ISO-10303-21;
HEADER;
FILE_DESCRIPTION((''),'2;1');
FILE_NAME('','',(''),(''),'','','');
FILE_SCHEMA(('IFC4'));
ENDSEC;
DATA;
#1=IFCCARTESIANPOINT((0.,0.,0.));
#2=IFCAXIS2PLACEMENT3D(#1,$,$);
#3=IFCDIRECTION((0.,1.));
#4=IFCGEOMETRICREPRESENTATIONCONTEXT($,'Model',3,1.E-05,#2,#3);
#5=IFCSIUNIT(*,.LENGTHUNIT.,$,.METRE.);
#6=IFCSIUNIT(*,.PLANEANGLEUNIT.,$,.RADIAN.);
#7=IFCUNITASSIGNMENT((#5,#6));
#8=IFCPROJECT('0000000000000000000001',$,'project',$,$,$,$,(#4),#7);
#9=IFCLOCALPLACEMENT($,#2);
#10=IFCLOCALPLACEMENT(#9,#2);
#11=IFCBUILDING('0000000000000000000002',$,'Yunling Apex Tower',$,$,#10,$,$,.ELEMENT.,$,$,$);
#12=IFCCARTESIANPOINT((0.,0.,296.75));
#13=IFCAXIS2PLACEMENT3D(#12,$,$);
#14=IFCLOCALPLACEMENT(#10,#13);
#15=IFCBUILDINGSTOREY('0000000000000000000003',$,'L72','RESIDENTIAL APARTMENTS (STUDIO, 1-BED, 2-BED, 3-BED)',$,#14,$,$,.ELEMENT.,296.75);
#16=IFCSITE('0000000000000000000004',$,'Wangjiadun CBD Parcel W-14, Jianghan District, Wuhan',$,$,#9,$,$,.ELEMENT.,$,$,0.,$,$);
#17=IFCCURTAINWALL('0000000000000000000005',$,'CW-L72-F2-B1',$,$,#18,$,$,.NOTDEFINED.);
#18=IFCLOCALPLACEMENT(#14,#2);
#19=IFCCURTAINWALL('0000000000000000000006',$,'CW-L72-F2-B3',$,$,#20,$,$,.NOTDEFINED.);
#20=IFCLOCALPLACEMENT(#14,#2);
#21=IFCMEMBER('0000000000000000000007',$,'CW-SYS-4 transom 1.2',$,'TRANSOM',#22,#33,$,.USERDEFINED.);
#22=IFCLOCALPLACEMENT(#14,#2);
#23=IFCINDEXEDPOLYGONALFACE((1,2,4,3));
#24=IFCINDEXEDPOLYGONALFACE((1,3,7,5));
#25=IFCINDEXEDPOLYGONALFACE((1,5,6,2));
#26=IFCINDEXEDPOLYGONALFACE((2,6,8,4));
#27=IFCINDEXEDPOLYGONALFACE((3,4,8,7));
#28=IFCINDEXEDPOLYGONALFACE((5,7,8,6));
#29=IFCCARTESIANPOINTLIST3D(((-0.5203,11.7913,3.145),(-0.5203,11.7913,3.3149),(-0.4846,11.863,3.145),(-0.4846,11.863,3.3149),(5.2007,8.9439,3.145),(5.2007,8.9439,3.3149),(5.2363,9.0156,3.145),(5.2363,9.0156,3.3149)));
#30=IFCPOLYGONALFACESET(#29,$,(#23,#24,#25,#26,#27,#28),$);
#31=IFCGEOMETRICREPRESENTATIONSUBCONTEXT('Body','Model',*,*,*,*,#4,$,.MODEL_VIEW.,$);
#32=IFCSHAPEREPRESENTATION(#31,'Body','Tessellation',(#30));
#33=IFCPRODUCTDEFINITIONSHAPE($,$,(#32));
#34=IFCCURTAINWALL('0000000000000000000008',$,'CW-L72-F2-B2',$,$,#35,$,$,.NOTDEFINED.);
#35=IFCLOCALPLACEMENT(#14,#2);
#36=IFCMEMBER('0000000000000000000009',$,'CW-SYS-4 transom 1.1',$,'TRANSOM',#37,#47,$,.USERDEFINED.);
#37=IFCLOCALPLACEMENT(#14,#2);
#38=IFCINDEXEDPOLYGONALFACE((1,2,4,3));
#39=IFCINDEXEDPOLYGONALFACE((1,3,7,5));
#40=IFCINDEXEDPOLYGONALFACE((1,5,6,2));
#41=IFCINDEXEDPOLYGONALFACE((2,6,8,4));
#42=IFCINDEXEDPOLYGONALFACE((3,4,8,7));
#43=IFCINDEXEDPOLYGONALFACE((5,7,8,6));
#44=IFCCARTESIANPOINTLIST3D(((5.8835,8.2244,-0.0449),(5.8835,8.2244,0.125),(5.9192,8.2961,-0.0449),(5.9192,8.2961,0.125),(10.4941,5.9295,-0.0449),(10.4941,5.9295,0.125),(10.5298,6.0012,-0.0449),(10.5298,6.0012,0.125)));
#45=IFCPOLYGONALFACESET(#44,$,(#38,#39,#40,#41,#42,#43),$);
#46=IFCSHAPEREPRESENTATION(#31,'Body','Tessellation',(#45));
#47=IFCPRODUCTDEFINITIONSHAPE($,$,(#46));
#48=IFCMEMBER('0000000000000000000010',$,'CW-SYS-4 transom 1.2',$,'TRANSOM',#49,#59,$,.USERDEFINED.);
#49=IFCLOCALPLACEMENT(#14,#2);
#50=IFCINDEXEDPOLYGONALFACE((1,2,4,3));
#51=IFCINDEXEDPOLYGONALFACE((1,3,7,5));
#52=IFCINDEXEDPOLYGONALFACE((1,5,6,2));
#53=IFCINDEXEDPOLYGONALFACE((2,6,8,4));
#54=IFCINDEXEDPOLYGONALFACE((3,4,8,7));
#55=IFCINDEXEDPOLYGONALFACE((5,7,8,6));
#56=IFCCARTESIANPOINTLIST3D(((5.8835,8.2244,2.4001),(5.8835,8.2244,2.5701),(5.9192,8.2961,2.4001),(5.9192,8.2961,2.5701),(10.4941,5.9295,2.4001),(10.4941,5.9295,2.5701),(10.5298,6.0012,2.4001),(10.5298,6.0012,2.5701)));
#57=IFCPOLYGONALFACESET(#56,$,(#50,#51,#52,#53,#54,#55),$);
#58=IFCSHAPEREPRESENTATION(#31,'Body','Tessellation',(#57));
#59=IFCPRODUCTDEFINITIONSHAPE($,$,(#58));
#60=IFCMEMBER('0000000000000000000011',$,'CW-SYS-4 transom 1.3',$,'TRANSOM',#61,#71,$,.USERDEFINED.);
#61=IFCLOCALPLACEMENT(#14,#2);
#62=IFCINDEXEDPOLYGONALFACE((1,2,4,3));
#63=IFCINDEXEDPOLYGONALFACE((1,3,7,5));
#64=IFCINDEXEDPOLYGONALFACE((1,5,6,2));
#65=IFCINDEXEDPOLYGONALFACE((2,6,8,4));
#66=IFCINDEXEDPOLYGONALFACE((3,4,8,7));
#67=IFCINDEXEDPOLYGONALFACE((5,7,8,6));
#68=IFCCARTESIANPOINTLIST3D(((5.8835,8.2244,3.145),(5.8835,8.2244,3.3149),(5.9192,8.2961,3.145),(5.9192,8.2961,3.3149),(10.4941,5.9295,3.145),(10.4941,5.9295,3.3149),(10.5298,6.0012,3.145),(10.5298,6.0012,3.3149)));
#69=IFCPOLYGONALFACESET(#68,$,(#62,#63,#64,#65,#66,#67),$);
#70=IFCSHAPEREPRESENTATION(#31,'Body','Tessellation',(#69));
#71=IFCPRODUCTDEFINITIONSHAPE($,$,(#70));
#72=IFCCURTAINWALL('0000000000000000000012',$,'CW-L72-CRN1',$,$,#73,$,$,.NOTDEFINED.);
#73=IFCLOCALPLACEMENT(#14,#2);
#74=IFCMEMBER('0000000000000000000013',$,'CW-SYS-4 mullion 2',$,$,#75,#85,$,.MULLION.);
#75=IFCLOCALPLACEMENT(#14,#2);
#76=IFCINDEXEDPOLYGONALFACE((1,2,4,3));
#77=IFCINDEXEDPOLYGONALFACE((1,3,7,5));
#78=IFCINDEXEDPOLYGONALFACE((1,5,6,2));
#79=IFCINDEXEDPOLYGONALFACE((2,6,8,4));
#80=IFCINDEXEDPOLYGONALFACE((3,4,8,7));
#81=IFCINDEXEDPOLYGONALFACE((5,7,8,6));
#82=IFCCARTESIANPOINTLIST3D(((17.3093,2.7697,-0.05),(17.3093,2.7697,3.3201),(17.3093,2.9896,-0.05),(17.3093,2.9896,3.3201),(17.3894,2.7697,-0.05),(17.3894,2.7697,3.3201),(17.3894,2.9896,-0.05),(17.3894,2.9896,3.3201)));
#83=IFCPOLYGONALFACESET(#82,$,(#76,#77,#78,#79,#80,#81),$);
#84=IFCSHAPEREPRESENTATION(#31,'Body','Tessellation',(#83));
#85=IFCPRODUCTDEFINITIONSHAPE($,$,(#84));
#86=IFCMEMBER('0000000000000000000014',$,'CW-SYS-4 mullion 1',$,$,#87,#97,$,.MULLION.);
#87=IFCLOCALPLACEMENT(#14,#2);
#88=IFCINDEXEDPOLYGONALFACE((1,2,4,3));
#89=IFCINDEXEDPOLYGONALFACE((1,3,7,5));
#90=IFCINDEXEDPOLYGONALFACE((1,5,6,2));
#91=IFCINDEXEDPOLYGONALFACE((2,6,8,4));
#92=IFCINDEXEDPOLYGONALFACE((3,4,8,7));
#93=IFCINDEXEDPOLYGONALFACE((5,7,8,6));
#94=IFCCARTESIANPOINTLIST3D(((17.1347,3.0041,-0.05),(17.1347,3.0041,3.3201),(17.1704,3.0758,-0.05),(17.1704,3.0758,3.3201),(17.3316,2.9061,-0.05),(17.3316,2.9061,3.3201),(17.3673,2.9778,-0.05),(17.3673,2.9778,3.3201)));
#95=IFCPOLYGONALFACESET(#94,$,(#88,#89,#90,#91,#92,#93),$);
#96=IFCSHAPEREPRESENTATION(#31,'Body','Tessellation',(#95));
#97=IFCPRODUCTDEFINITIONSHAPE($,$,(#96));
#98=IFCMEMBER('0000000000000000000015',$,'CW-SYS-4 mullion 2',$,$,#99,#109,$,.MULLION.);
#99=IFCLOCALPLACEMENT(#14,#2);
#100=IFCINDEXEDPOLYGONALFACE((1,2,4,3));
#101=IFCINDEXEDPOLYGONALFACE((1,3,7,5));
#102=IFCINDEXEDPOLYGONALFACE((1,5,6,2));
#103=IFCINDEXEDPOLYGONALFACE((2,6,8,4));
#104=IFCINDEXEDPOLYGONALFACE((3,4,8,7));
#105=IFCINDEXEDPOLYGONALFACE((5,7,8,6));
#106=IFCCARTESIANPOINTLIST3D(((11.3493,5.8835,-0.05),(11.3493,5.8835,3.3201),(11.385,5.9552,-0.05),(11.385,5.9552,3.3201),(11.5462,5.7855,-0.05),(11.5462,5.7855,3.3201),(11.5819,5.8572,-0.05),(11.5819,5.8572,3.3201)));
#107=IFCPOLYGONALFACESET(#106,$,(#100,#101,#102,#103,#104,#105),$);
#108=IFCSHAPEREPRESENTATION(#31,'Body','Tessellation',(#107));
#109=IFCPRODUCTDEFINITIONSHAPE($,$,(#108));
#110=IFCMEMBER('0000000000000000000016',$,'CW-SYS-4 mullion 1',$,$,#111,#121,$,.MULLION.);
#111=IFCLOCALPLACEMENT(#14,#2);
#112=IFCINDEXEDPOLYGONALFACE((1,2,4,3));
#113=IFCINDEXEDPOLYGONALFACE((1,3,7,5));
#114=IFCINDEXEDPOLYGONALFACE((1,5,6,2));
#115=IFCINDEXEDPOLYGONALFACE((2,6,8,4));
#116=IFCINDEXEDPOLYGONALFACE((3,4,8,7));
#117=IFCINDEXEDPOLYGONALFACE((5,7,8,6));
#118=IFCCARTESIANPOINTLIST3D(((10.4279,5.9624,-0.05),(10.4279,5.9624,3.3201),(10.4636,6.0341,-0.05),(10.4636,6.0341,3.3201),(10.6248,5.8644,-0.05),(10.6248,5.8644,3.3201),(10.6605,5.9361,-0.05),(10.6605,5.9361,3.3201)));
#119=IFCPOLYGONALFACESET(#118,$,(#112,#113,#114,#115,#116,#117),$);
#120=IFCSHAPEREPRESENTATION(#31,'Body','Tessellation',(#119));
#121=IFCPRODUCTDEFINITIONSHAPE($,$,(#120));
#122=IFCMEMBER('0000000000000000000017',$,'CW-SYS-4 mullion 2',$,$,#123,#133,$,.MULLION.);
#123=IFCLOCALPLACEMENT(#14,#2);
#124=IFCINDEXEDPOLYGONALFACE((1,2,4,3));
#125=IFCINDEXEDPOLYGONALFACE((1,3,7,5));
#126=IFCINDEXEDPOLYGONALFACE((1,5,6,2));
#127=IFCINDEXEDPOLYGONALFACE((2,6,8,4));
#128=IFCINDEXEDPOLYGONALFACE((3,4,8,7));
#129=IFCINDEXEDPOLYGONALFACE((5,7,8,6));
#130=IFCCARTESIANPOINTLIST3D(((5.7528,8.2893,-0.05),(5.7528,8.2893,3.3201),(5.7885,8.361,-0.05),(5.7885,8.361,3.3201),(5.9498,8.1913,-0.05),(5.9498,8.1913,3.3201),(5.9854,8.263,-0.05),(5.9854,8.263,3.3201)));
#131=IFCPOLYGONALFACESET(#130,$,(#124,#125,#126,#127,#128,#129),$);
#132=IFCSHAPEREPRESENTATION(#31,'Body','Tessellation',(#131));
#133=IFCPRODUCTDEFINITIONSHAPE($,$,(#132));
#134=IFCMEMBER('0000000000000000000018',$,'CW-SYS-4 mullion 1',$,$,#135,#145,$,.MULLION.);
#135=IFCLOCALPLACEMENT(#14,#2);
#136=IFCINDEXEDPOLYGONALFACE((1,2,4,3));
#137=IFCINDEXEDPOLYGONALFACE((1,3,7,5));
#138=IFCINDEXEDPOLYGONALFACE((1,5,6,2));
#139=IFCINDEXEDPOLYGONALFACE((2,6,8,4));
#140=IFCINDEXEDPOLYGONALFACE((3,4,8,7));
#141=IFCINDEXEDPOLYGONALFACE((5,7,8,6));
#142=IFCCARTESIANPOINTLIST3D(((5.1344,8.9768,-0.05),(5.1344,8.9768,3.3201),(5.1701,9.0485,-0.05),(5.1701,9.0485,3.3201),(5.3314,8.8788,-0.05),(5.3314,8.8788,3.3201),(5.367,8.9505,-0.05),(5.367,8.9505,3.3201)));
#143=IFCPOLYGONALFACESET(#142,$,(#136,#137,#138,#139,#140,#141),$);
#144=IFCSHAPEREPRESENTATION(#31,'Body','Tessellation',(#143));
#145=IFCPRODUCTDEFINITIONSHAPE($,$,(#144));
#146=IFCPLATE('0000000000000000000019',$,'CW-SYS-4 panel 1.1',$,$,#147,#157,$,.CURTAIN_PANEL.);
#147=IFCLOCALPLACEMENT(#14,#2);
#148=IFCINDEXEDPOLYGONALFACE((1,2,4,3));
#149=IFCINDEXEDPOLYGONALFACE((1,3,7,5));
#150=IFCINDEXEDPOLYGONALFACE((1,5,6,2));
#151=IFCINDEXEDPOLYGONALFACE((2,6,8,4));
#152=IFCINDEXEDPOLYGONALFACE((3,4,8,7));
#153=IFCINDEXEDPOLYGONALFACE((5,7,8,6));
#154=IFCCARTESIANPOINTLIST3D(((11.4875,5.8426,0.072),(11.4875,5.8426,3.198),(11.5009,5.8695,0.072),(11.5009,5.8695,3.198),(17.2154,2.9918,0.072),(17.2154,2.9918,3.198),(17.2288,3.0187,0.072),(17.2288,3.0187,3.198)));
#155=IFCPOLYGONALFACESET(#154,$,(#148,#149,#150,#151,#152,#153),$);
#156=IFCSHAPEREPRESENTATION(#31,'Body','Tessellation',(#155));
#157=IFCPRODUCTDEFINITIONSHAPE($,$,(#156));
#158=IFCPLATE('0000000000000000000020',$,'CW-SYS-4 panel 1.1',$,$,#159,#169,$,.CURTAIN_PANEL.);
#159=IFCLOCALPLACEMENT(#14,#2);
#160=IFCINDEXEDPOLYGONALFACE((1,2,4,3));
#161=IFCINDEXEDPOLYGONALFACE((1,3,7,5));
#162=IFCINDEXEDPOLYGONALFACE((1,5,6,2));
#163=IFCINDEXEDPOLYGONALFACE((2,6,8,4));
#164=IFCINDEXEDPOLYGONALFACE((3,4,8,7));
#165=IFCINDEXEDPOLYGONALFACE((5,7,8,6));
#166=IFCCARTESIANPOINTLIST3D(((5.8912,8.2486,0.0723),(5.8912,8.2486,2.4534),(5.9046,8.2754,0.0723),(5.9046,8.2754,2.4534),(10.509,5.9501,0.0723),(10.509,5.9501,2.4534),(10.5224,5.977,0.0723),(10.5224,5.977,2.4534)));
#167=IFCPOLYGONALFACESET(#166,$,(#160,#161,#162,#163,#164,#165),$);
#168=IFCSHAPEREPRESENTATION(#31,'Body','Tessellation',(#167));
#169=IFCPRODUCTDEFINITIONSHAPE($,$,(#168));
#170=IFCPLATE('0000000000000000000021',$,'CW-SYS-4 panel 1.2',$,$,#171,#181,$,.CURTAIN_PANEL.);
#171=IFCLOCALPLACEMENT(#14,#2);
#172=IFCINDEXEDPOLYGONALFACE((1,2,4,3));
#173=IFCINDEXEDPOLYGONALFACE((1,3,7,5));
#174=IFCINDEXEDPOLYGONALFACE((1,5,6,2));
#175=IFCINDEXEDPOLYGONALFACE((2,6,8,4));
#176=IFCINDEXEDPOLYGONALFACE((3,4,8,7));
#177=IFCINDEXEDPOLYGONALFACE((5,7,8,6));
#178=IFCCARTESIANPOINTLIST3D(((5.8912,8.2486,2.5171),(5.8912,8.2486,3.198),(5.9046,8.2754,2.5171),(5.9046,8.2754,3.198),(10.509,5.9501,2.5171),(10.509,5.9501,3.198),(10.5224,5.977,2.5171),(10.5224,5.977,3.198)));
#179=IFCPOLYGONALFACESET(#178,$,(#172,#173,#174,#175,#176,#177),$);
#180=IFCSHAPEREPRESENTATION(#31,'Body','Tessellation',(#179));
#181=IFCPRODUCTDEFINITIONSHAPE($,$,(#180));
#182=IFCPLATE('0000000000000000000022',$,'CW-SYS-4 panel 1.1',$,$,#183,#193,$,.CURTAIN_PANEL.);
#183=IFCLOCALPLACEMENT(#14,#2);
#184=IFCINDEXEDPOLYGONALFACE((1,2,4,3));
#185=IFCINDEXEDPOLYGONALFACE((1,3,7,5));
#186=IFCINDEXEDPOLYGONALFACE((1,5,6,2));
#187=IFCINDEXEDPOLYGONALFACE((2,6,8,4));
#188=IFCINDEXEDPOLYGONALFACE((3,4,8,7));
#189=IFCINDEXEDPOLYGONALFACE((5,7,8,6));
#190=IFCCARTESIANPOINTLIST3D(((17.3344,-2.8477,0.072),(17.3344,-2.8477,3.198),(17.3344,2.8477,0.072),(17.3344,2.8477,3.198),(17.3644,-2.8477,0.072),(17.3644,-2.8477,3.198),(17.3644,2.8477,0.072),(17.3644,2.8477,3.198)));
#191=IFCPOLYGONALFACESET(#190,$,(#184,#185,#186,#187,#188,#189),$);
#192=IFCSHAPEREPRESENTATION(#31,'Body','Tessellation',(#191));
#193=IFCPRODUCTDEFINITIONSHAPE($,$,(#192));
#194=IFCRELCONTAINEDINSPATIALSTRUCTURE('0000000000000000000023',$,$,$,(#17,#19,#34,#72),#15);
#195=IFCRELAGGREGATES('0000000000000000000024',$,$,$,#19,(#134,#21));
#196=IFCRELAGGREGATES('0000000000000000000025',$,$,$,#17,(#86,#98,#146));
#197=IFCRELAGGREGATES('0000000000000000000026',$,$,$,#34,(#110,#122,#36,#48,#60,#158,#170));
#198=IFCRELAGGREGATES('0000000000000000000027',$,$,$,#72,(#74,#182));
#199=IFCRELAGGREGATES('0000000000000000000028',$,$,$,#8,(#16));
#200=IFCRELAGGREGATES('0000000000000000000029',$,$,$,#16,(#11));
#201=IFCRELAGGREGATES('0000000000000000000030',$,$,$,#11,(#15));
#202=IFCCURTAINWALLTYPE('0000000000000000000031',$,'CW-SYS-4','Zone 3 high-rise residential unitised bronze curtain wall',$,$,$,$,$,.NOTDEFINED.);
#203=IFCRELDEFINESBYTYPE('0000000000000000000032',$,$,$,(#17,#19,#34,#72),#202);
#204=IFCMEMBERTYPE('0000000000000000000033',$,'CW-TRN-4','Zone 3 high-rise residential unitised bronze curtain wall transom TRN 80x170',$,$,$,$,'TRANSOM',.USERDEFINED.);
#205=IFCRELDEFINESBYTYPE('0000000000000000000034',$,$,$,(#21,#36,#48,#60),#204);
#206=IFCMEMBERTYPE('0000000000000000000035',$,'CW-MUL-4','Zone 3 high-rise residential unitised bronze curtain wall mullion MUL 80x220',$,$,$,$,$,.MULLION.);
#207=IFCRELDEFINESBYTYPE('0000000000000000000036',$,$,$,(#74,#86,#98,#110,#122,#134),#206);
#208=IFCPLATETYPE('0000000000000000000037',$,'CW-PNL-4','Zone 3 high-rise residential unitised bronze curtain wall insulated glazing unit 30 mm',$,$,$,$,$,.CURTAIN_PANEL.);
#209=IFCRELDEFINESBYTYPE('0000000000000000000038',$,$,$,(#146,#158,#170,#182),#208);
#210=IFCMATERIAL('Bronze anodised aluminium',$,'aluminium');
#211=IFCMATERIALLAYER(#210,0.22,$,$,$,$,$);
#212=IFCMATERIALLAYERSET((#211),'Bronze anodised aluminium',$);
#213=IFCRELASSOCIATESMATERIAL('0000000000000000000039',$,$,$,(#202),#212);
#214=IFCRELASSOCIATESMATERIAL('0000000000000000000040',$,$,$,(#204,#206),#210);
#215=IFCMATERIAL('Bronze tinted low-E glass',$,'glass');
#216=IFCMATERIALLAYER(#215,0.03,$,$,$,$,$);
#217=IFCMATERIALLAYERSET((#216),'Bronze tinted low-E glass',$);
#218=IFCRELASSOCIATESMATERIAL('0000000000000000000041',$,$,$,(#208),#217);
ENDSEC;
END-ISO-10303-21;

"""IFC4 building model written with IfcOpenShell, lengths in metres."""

from ifc_helpers import new_model, si_unit, direction, frame, origin, origin_2d, place, context, subcontext, project, spatial, rectangle, extrude, source, transform, mapped, material, layer, layer_set, material_profile, profile_set, type_object, element, aggregate, save


model = new_model("IFC4")

# Units and contexts
model_context = context("Model", 3, precision=1e-05, world=origin(), true_north=direction((0.0, 1.0)))
body_context = subcontext(model_context, "Body", "Model", "MODEL_VIEW")
ifc_project = project(units=[si_unit("LENGTHUNIT", "METRE"), si_unit("PLANEANGLEUNIT", "RADIAN")], contexts=[model_context])

# Site, building, storey
site_placement = place(None, origin())
site = spatial("IfcSite", under=ifc_project, at=site_placement, Name="Wangjiadun CBD Parcel W-14, Jianghan District, Wuhan", CompositionType="ELEMENT", RefElevation=0.0)
building_placement = place(site_placement, origin())
building = spatial("IfcBuilding", under=site, at=building_placement, Name="Yunling Apex Tower", CompositionType="ELEMENT")
storey_placement = place(building_placement, frame((0.0, 0.0, 296.75)))
storey = spatial("IfcBuildingStorey", under=building, at=storey_placement, Name="L72", Description="RESIDENTIAL APARTMENTS (STUDIO, 1-BED, 2-BED, 3-BED)", CompositionType="ELEMENT", Elevation=296.75)

# Curtain walls, members
ifc_material_1 = material(Name="Bronze anodised aluminium", Category="aluminium")
ifc_layer_1 = layer(ifc_material_1, 0.22)
ifc_layer_set_1 = layer_set([ifc_layer_1], Name="Bronze anodised aluminium")
curtain_wall_type = type_object("IfcCurtainWallType", Name="CW-SYS-4", Description="Zone 3 high-rise residential unitised bronze curtain wall", PredefinedType="NOTDEFINED", material=ifc_layer_set_1)
curtain_wall_1_placement = place(storey_placement, origin())
curtain_wall_1 = element("IfcCurtainWall", 1, at=curtain_wall_1_placement, inside=storey, type_object=curtain_wall_type, Name="CW-L72-F2-B1", PredefinedType="NOTDEFINED")
ifc_material_profile_1 = material_profile(ifc_material_1, rectangle(XDim=0.0801, YDim=0.1699, at=origin_2d()))
ifc_profile_set_1 = profile_set([ifc_material_profile_1], Name="Bronze anodised aluminium")
member_type_1 = type_object("IfcMemberType", Name="CW-TRN-4", Description="Zone 3 high-rise residential unitised bronze curtain wall transom TRN 80x170", ElementType="TRANSOM", PredefinedType="USERDEFINED", material=ifc_profile_set_1)
shared_shape_1 = source(origin(), body_context, "Body", "SweptSolid", [
    extrude(rectangle(XDim=0.0801, YDim=0.1699, at=origin_2d()), origin(), (0.0, 0.0, 1.0), 6.3904),
])
curtain_wall_2_placement = place(storey_placement, origin())
curtain_wall_2 = element("IfcCurtainWall", 2, at=curtain_wall_2_placement, inside=storey, type_object=curtain_wall_type, Name="CW-L72-F2-B3", PredefinedType="NOTDEFINED")
member_1_placement = place(storey_placement, frame((5.2185, 8.9797, 3.23), z_axis=(-0.895243, 0.445578, 0.0), x_axis=(-0.445578, -0.895243, 0.0)))
member_1 = element("IfcMember", 3, at=member_1_placement, type_object=member_type_1, Name="CW-SYS-4 transom 1.2", ObjectType="TRANSOM", PredefinedType="USERDEFINED", context=body_context, shape_type="MappedRepresentation", body=[
    mapped(shared_shape_1, transform((0.0, 0.0, 0.0), scale=1.0)),
])
curtain_wall_3_placement = place(storey_placement, origin())
curtain_wall_3 = element("IfcCurtainWall", 4, at=curtain_wall_3_placement, inside=storey, type_object=curtain_wall_type, Name="CW-L72-F2-B2", PredefinedType="NOTDEFINED")
shared_shape_2 = source(origin(), body_context, "Body", "SweptSolid", [
    extrude(rectangle(XDim=0.0801, YDim=0.1699, at=origin_2d()), origin(), (0.0, 0.0, 1.0), 5.1501),
])
member_2_placement = place(storey_placement, frame((10.512, 5.9653, 0.04), z_axis=(-0.895232, 0.445601, 0.0), x_axis=(-0.445601, -0.895232, 0.0)))
member_2 = element("IfcMember", 5, at=member_2_placement, type_object=member_type_1, Name="CW-SYS-4 transom 1.1", ObjectType="TRANSOM", PredefinedType="USERDEFINED", context=body_context, shape_type="MappedRepresentation", body=[
    mapped(shared_shape_2, transform((0.0, 0.0, 0.0), scale=1.0)),
])
member_3_placement = place(storey_placement, frame((10.512, 5.9653, 2.4851), z_axis=(-0.895232, 0.445601, 0.0), x_axis=(-0.445601, -0.895232, 0.0)))
member_3 = element("IfcMember", 6, at=member_3_placement, type_object=member_type_1, Name="CW-SYS-4 transom 1.2", ObjectType="TRANSOM", PredefinedType="USERDEFINED", context=body_context, shape_type="MappedRepresentation", body=[
    mapped(shared_shape_2, transform((0.0, 0.0, 0.0), scale=1.0)),
])
member_4_placement = place(storey_placement, frame((10.512, 5.9653, 3.23), z_axis=(-0.895232, 0.445601, 0.0), x_axis=(-0.445601, -0.895232, 0.0)))
member_4 = element("IfcMember", 7, at=member_4_placement, type_object=member_type_1, Name="CW-SYS-4 transom 1.3", ObjectType="TRANSOM", PredefinedType="USERDEFINED", context=body_context, shape_type="MappedRepresentation", body=[
    mapped(shared_shape_2, transform((0.0, 0.0, 0.0), scale=1.0)),
])

# Curtain wall, member
curtain_wall_4_placement = place(storey_placement, origin())
curtain_wall_4 = element("IfcCurtainWall", 8, at=curtain_wall_4_placement, inside=storey, type_object=curtain_wall_type, Name="CW-L72-CRN1", PredefinedType="NOTDEFINED")
ifc_material_profile_2 = material_profile(ifc_material_1, rectangle(XDim=0.0801, YDim=0.22, at=origin_2d()))
ifc_profile_set_2 = profile_set([ifc_material_profile_2], Name="Bronze anodised aluminium")
member_type_2 = type_object("IfcMemberType", Name="CW-MUL-4", Description="Zone 3 high-rise residential unitised bronze curtain wall mullion MUL 80x220", PredefinedType="MULLION", material=ifc_profile_set_2)
shared_shape_3 = source(origin(), body_context, "Body", "SweptSolid", [
    extrude(rectangle(XDim=0.0801, YDim=0.22, at=origin_2d()), origin(), (0.0, 0.0, 1.0), 3.3701),
])
member_5_placement = place(storey_placement, frame((17.3494, 2.8796, -0.05), z_axis=(0.0, 0.0, 1.0), x_axis=(-1.0, 0.0, 0.0)))
member_5 = element("IfcMember", 9, at=member_5_placement, type_object=member_type_2, Name="CW-SYS-4 mullion 2", PredefinedType="MULLION", context=body_context, shape_type="MappedRepresentation", body=[
    mapped(shared_shape_3, transform((0.0, 0.0, 0.0), scale=1.0)),
])

# Members
member_6_placement = place(storey_placement, frame((17.251, 2.991, -0.05), z_axis=(0.0, 0.0, 1.0), x_axis=(-0.445568, -0.895248, 0.0)))
member_6 = element("IfcMember", 10, at=member_6_placement, type_object=member_type_2, Name="CW-SYS-4 mullion 1", PredefinedType="MULLION", context=body_context, shape_type="MappedRepresentation", body=[
    mapped(shared_shape_3, transform((0.0, 0.0, 0.0), scale=1.0)),
])
member_7_placement = place(storey_placement, frame((11.4656, 5.8704, -0.05), z_axis=(0.0, 0.0, 1.0), x_axis=(-0.445568, -0.895248, 0.0)))
member_7 = element("IfcMember", 11, at=member_7_placement, type_object=member_type_2, Name="CW-SYS-4 mullion 2", PredefinedType="MULLION", context=body_context, shape_type="MappedRepresentation", body=[
    mapped(shared_shape_3, transform((0.0, 0.0, 0.0), scale=1.0)),
])
member_8_placement = place(storey_placement, frame((10.5442, 5.9492, -0.05), z_axis=(0.0, 0.0, 1.0), x_axis=(-0.445583, -0.89524, 0.0)))
member_8 = element("IfcMember", 12, at=member_8_placement, type_object=member_type_2, Name="CW-SYS-4 mullion 1", PredefinedType="MULLION", context=body_context, shape_type="MappedRepresentation", body=[
    mapped(shared_shape_3, transform((0.0, 0.0, 0.0), scale=1.0)),
])
member_9_placement = place(storey_placement, frame((5.8691, 8.2761, -0.05), z_axis=(0.0, 0.0, 1.0), x_axis=(-0.445583, -0.89524, 0.0)))
member_9 = element("IfcMember", 13, at=member_9_placement, type_object=member_type_2, Name="CW-SYS-4 mullion 2", PredefinedType="MULLION", context=body_context, shape_type="MappedRepresentation", body=[
    mapped(shared_shape_3, transform((0.0, 0.0, 0.0), scale=1.0)),
])
member_10_placement = place(storey_placement, frame((5.2507, 8.9636, -0.05), z_axis=(0.0, 0.0, 1.0), x_axis=(-0.445562, -0.895251, 0.0)))
member_10 = element("IfcMember", 14, at=member_10_placement, type_object=member_type_2, Name="CW-SYS-4 mullion 1", PredefinedType="MULLION", context=body_context, shape_type="MappedRepresentation", body=[
    mapped(shared_shape_3, transform((0.0, 0.0, 0.0), scale=1.0)),
])
aggregate(curtain_wall_2, [member_10, member_1])

# Plates
ifc_material_2 = material(Name="Bronze tinted low-E glass", Category="glass")
ifc_layer_2 = layer(ifc_material_2, 0.03)
ifc_layer_set_2 = layer_set([ifc_layer_2], Name="Bronze tinted low-E glass")
plate_type = type_object("IfcPlateType", Name="CW-PNL-4", Description="Zone 3 high-rise residential unitised bronze curtain wall insulated glazing unit 30 mm", PredefinedType="CURTAIN_PANEL", material=ifc_layer_set_2)
shared_shape_4 = source(origin(), body_context, "Body", "SweptSolid", [
    extrude(rectangle(XDim=6.3982, YDim=0.03, at=origin_2d()), origin(), (0.0, 0.0, 1.0), 3.126),
])
plate_1_placement = place(storey_placement, frame((14.3582, 4.4307, 0.072), z_axis=(0.0, 0.0, 1.0), x_axis=(-0.895248, 0.445568, 0.0)))
plate_1 = element("IfcPlate", 15, at=plate_1_placement, type_object=plate_type, Name="CW-SYS-4 panel 1.1", PredefinedType="CURTAIN_PANEL", context=body_context, shape_type="MappedRepresentation", body=[
    mapped(shared_shape_4, transform((0.0, 0.0, 0.0), scale=1.0)),
])
aggregate(curtain_wall_1, [member_6, member_7, plate_1])
shared_shape_5 = source(origin(), body_context, "Body", "SweptSolid", [
    extrude(rectangle(XDim=5.1582, YDim=0.03, at=origin_2d()), origin(), (0.0, 0.0, 1.0), 2.3811),
])
plate_2_placement = place(storey_placement, frame((8.2068, 7.1128, 0.0723), z_axis=(0.0, 0.0, 1.0), x_axis=(-0.89524, 0.445583, 0.0)))
plate_2 = element("IfcPlate", 16, at=plate_2_placement, type_object=plate_type, Name="CW-SYS-4 panel 1.1", PredefinedType="CURTAIN_PANEL", context=body_context, shape_type="MappedRepresentation", body=[
    mapped(shared_shape_5, transform((0.0, 0.0, 0.0), scale=1.0)),
])
shared_shape_6 = source(origin(), body_context, "Body", "SweptSolid", [
    extrude(rectangle(XDim=5.1582, YDim=0.03, at=origin_2d()), origin(), (0.0, 0.0, 1.0), 0.6809),
])
plate_3_placement = place(storey_placement, frame((8.2068, 7.1128, 2.5171), z_axis=(0.0, 0.0, 1.0), x_axis=(-0.89524, 0.445583, 0.0)))
plate_3 = element("IfcPlate", 17, at=plate_3_placement, type_object=plate_type, Name="CW-SYS-4 panel 1.2", PredefinedType="CURTAIN_PANEL", context=body_context, shape_type="MappedRepresentation", body=[
    mapped(shared_shape_6, transform((0.0, 0.0, 0.0), scale=1.0)),
])
aggregate(curtain_wall_3, [member_8, member_9, member_2, member_3, member_4, plate_2, plate_3])
shared_shape_7 = source(origin(), body_context, "Body", "SweptSolid", [
    extrude(rectangle(XDim=5.6953, YDim=0.03, at=origin_2d()), origin(), (0.0, 0.0, 1.0), 3.126),
])
plate_4_placement = place(storey_placement, frame((17.3494, 0.0, 0.072), z_axis=(0.0, 0.0, 1.0), x_axis=(0.0, 1.0, 0.0)))
plate_4 = element("IfcPlate", 18, at=plate_4_placement, type_object=plate_type, Name="CW-SYS-4 panel 1.1", PredefinedType="CURTAIN_PANEL", context=body_context, shape_type="MappedRepresentation", body=[
    mapped(shared_shape_7, transform((0.0, 0.0, 0.0), scale=1.0)),
])
aggregate(curtain_wall_4, [member_5, plate_4])

save(model, "model.ifc")
